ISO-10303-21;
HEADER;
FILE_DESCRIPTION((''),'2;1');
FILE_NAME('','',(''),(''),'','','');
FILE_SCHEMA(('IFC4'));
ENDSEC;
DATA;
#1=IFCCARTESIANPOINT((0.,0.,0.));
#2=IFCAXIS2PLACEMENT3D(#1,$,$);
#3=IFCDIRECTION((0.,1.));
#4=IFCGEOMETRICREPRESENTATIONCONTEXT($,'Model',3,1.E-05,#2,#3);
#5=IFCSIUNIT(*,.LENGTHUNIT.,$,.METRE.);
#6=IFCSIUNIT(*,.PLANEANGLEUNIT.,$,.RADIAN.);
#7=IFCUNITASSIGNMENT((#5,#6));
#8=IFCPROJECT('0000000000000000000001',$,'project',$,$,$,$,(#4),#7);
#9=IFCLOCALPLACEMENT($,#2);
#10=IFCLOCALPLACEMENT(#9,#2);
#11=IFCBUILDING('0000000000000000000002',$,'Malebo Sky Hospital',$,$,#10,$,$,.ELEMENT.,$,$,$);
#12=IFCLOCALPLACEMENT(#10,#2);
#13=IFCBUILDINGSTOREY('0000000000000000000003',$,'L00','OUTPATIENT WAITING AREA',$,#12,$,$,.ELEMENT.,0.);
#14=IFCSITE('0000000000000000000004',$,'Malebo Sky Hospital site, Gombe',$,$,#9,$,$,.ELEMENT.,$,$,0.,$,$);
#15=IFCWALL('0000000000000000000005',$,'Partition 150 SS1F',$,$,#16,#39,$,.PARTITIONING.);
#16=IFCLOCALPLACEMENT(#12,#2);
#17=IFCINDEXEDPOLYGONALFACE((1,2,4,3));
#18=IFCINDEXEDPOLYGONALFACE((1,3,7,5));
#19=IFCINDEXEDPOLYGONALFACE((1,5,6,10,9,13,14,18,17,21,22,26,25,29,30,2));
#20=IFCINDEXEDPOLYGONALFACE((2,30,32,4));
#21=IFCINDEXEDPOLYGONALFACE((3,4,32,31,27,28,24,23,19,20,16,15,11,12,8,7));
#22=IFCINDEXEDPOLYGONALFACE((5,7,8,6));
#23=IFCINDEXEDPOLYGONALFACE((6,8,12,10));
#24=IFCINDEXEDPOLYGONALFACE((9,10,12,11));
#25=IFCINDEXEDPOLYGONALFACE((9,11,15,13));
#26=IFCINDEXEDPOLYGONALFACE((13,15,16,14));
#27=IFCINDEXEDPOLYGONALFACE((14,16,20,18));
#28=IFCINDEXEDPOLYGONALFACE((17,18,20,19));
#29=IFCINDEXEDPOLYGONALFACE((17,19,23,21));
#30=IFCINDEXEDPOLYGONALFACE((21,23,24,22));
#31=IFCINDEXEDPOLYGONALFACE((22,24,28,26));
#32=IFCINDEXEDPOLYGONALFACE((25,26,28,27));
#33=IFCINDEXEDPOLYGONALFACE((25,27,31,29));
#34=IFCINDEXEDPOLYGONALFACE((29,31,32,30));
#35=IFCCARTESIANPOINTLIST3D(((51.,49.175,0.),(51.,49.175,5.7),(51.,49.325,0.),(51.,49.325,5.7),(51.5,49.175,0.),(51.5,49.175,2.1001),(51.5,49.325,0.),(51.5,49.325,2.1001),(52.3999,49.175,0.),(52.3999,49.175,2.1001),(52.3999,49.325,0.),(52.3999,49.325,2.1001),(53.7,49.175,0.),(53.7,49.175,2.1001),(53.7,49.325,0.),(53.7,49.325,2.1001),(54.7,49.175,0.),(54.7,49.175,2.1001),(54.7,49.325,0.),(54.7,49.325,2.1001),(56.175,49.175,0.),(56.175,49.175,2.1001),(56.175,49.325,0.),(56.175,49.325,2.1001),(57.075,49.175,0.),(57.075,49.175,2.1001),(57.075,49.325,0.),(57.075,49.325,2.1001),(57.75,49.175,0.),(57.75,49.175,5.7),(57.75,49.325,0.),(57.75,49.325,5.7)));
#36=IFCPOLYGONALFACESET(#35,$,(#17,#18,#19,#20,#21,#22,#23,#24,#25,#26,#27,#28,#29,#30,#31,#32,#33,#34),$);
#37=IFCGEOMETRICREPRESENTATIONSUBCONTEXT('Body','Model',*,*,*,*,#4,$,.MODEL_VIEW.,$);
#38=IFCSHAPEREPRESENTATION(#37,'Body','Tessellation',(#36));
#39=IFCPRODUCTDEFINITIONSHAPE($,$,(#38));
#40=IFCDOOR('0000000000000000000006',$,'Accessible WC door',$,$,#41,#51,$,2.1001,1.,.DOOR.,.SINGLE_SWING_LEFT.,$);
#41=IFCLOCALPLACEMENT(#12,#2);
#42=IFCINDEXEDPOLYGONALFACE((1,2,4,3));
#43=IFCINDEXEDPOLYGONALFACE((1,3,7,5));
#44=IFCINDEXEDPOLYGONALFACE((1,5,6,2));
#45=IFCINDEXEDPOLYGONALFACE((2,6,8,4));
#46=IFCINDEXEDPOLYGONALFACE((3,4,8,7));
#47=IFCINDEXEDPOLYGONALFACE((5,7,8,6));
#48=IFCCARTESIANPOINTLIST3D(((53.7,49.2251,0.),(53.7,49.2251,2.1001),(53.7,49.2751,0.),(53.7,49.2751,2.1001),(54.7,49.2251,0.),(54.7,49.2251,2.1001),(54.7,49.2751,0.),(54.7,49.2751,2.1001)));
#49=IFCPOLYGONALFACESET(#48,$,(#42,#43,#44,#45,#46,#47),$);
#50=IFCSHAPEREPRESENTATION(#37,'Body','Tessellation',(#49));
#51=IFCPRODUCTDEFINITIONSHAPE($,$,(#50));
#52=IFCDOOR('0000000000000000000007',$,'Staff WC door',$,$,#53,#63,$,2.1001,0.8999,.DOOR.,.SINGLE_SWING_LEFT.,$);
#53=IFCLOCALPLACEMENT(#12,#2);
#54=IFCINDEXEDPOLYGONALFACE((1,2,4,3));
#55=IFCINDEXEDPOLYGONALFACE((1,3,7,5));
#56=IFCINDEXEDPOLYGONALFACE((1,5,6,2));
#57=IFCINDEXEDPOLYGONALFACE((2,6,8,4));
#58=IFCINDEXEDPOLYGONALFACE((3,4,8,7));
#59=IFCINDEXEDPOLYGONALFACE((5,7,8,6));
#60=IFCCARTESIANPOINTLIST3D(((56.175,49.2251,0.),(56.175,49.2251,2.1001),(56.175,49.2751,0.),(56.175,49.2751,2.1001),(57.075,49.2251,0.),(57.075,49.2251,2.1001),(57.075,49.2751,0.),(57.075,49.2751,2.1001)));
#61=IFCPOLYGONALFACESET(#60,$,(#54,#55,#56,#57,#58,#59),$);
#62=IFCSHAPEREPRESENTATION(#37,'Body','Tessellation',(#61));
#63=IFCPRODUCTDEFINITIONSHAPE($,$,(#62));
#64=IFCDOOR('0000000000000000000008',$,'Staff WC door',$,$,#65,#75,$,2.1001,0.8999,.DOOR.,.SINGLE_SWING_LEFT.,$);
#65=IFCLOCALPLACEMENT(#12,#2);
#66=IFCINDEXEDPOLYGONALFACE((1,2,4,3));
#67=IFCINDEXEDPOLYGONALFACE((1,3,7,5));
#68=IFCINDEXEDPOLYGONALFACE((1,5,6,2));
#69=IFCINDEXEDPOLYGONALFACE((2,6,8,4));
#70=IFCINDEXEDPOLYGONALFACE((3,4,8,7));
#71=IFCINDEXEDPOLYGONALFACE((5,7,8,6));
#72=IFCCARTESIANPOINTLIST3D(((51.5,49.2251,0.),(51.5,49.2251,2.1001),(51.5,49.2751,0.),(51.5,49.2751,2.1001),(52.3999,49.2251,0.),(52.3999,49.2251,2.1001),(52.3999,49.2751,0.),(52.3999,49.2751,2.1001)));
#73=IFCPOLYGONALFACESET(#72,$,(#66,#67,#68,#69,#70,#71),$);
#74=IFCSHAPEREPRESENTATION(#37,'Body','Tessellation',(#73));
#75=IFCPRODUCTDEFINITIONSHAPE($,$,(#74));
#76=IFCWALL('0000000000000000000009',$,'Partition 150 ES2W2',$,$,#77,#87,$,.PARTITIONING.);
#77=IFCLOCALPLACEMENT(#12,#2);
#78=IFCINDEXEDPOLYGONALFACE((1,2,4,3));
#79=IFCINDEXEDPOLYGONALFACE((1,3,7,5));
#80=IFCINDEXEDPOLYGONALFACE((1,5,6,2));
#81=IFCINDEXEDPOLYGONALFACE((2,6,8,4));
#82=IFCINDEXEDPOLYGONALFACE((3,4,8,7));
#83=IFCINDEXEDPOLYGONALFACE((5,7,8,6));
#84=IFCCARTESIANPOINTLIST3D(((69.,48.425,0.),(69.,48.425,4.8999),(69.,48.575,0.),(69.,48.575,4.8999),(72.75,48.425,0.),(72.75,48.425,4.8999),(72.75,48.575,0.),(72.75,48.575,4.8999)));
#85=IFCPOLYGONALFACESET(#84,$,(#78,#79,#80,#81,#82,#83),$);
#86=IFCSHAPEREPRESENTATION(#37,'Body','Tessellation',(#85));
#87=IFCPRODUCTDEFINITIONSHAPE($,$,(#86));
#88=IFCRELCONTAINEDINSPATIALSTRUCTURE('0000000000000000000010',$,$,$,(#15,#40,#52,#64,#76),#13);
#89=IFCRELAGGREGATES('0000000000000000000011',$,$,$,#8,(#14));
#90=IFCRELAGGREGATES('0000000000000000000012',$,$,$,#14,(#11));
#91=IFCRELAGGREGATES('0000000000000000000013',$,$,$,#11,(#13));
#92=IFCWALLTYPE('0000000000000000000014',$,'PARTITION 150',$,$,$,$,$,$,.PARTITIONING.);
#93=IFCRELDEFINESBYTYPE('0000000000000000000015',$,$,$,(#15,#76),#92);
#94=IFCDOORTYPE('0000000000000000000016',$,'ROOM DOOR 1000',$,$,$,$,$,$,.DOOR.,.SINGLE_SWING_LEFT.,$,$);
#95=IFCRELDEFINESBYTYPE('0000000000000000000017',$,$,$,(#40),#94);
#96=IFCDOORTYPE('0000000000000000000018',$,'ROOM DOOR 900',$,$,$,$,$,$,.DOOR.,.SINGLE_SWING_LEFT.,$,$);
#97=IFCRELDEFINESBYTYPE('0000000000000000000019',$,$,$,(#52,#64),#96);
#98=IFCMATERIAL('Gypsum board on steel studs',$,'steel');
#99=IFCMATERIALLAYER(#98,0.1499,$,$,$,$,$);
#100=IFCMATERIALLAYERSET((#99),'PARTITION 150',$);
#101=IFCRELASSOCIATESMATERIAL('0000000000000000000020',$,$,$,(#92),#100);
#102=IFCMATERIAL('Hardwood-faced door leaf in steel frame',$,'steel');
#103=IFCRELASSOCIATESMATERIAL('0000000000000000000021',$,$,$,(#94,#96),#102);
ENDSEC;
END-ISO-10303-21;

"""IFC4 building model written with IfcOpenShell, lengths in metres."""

from ifc_helpers import new_model, si_unit, direction, frame, frame_2d, origin, place, context, subcontext, project, spatial, rectangle, extrude, material, layer, layer_set, type_object, element, fill, save


model = new_model("IFC4")

# Units and contexts
model_context = context("Model", 3, precision=1e-05, world=origin(), true_north=direction((0.0, 1.0)))
body_context = subcontext(model_context, "Body", "Model", "MODEL_VIEW")
ifc_project = project(units=[si_unit("LENGTHUNIT", "METRE"), si_unit("PLANEANGLEUNIT", "RADIAN")], contexts=[model_context])

# Site, building, storey
site_placement = place(None, origin())
site = spatial("IfcSite", under=ifc_project, at=site_placement, Name="Malebo Sky Hospital site, Gombe", CompositionType="ELEMENT", RefElevation=0.0)
building_placement = place(site_placement, origin())
building = spatial("IfcBuilding", under=site, at=building_placement, Name="Malebo Sky Hospital", CompositionType="ELEMENT")
storey_placement = place(building_placement, origin())
storey = spatial("IfcBuildingStorey", under=building, at=storey_placement, Name="L00", Description="OUTPATIENT WAITING AREA", CompositionType="ELEMENT", Elevation=0.0)

# Shared definitions
ifc_material_1 = material(Name="Gypsum board on steel studs", Category="steel")
ifc_layer_1 = layer(ifc_material_1, 0.1499)
ifc_layer_set_1 = layer_set([ifc_layer_1], Name="PARTITION 150")
wall_type_1 = type_object("IfcWallType", Name="PARTITION 150", PredefinedType="PARTITIONING", material=ifc_layer_set_1)

# Wall, openings, doors
wall_1_placement = place(storey_placement, frame((57.75, 49.25, 0.0), z_axis=(0.0, 0.0, 1.0), x_axis=(-1.0, 0.0, 0.0)))
wall_1 = element("IfcWall", 1, at=wall_1_placement, inside=storey, type_object=wall_type_1, Name="Partition 150 SS1F", PredefinedType="PARTITIONING", context=body_context, shape_type="SweptSolid", body=[
    extrude(rectangle(XDim=6.75, YDim=0.1499, at=frame_2d((3.375, 0.0))), origin(), (0.0, 0.0, 1.0), 5.7),
])
opening_1_placement = place(wall_1_placement, frame((0.675, 0.0, 0.0)))
opening_1 = element("IfcOpeningElement", 2, at=opening_1_placement, cuts=wall_1, PredefinedType="OPENING", context=body_context, shape_type="SweptSolid", body=[
    extrude(rectangle(XDim=0.8999, YDim=2.1001, at=frame_2d((0.45, 1.05))), frame((0.0, 0.085, 0.0), z_axis=(0.0, -1.0, 0.0), x_axis=(1.0, 0.0, 0.0)), (0.0, 0.0, 1.0), 0.1699),
])
opening_2_placement = place(wall_1_placement, frame((3.05, 0.0, 0.0)))
opening_2 = element("IfcOpeningElement", 3, at=opening_2_placement, cuts=wall_1, PredefinedType="OPENING", context=body_context, shape_type="SweptSolid", body=[
    extrude(rectangle(XDim=1.0, YDim=2.1001, at=frame_2d((0.5, 1.05))), frame((0.0, 0.085, 0.0), z_axis=(0.0, -1.0, 0.0), x_axis=(1.0, 0.0, 0.0)), (0.0, 0.0, 1.0), 0.1699),
])
opening_3_placement = place(wall_1_placement, frame((5.3501, 0.0, 0.0)))
opening_3 = element("IfcOpeningElement", 4, at=opening_3_placement, cuts=wall_1, PredefinedType="OPENING", context=body_context, shape_type="SweptSolid", body=[
    extrude(rectangle(XDim=0.8999, YDim=2.1001, at=frame_2d((0.45, 1.05))), frame((0.0, 0.085, 0.0), z_axis=(0.0, -1.0, 0.0), x_axis=(1.0, 0.0, 0.0)), (0.0, 0.0, 1.0), 0.1699),
])
ifc_material_2 = material(Name="Hardwood-faced door leaf in steel frame", Category="steel")
door_type_1 = type_object("IfcDoorType", Name="ROOM DOOR 1000", OperationType="SINGLE_SWING_LEFT", PredefinedType="DOOR", material=ifc_material_2)
door_1_placement = place(opening_2_placement, origin())
door_1 = element("IfcDoor", 5, at=door_1_placement, inside=storey, type_object=door_type_1, Name="Accessible WC door", OperationType="SINGLE_SWING_LEFT", OverallHeight=2.1001, OverallWidth=1.0, PredefinedType="DOOR", context=body_context, shape_type="SweptSolid", body=[
    extrude(rectangle(XDim=1.0, YDim=2.1001, at=frame_2d((0.5, 1.05))), frame((0.0, 0.0249, 0.0), z_axis=(0.0, -1.0, 0.0), x_axis=(1.0, 0.0, 0.0)), (0.0, 0.0, 1.0), 0.05),
])
fill(opening_2, door_1)
door_type_2 = type_object("IfcDoorType", Name="ROOM DOOR 900", OperationType="SINGLE_SWING_LEFT", PredefinedType="DOOR", material=ifc_material_2)
door_2_placement = place(opening_1_placement, origin())
door_2 = element("IfcDoor", 6, at=door_2_placement, inside=storey, type_object=door_type_2, Name="Staff WC door", OperationType="SINGLE_SWING_LEFT", OverallHeight=2.1001, OverallWidth=0.8999, PredefinedType="DOOR", context=body_context, shape_type="SweptSolid", body=[
    extrude(rectangle(XDim=0.8999, YDim=2.1001, at=frame_2d((0.45, 1.05))), frame((0.0, 0.0249, 0.0), z_axis=(0.0, -1.0, 0.0), x_axis=(1.0, 0.0, 0.0)), (0.0, 0.0, 1.0), 0.05),
])
fill(opening_1, door_2)
door_3_placement = place(opening_3_placement, origin())
door_3 = element("IfcDoor", 7, at=door_3_placement, inside=storey, type_object=door_type_2, Name="Staff WC door", OperationType="SINGLE_SWING_LEFT", OverallHeight=2.1001, OverallWidth=0.8999, PredefinedType="DOOR", context=body_context, shape_type="SweptSolid", body=[
    extrude(rectangle(XDim=0.8999, YDim=2.1001, at=frame_2d((0.45, 1.05))), frame((0.0, 0.0249, 0.0), z_axis=(0.0, -1.0, 0.0), x_axis=(1.0, 0.0, 0.0)), (0.0, 0.0, 1.0), 0.05),
])
fill(opening_3, door_3)

# Wall
wall_2_placement = place(storey_placement, frame((69.0, 48.5, 0.0), z_axis=(0.0, 0.0, 1.0), x_axis=(1.0, 0.0, 0.0)))
element("IfcWall", 8, at=wall_2_placement, inside=storey, type_object=wall_type_1, Name="Partition 150 ES2W2", PredefinedType="PARTITIONING", context=body_context, shape_type="SweptSolid", body=[
    extrude(rectangle(XDim=3.75, YDim=0.1499, at=frame_2d((1.875, 0.0))), origin(), (0.0, 0.0, 1.0), 4.8999),
])

save(model, "model.ifc")
